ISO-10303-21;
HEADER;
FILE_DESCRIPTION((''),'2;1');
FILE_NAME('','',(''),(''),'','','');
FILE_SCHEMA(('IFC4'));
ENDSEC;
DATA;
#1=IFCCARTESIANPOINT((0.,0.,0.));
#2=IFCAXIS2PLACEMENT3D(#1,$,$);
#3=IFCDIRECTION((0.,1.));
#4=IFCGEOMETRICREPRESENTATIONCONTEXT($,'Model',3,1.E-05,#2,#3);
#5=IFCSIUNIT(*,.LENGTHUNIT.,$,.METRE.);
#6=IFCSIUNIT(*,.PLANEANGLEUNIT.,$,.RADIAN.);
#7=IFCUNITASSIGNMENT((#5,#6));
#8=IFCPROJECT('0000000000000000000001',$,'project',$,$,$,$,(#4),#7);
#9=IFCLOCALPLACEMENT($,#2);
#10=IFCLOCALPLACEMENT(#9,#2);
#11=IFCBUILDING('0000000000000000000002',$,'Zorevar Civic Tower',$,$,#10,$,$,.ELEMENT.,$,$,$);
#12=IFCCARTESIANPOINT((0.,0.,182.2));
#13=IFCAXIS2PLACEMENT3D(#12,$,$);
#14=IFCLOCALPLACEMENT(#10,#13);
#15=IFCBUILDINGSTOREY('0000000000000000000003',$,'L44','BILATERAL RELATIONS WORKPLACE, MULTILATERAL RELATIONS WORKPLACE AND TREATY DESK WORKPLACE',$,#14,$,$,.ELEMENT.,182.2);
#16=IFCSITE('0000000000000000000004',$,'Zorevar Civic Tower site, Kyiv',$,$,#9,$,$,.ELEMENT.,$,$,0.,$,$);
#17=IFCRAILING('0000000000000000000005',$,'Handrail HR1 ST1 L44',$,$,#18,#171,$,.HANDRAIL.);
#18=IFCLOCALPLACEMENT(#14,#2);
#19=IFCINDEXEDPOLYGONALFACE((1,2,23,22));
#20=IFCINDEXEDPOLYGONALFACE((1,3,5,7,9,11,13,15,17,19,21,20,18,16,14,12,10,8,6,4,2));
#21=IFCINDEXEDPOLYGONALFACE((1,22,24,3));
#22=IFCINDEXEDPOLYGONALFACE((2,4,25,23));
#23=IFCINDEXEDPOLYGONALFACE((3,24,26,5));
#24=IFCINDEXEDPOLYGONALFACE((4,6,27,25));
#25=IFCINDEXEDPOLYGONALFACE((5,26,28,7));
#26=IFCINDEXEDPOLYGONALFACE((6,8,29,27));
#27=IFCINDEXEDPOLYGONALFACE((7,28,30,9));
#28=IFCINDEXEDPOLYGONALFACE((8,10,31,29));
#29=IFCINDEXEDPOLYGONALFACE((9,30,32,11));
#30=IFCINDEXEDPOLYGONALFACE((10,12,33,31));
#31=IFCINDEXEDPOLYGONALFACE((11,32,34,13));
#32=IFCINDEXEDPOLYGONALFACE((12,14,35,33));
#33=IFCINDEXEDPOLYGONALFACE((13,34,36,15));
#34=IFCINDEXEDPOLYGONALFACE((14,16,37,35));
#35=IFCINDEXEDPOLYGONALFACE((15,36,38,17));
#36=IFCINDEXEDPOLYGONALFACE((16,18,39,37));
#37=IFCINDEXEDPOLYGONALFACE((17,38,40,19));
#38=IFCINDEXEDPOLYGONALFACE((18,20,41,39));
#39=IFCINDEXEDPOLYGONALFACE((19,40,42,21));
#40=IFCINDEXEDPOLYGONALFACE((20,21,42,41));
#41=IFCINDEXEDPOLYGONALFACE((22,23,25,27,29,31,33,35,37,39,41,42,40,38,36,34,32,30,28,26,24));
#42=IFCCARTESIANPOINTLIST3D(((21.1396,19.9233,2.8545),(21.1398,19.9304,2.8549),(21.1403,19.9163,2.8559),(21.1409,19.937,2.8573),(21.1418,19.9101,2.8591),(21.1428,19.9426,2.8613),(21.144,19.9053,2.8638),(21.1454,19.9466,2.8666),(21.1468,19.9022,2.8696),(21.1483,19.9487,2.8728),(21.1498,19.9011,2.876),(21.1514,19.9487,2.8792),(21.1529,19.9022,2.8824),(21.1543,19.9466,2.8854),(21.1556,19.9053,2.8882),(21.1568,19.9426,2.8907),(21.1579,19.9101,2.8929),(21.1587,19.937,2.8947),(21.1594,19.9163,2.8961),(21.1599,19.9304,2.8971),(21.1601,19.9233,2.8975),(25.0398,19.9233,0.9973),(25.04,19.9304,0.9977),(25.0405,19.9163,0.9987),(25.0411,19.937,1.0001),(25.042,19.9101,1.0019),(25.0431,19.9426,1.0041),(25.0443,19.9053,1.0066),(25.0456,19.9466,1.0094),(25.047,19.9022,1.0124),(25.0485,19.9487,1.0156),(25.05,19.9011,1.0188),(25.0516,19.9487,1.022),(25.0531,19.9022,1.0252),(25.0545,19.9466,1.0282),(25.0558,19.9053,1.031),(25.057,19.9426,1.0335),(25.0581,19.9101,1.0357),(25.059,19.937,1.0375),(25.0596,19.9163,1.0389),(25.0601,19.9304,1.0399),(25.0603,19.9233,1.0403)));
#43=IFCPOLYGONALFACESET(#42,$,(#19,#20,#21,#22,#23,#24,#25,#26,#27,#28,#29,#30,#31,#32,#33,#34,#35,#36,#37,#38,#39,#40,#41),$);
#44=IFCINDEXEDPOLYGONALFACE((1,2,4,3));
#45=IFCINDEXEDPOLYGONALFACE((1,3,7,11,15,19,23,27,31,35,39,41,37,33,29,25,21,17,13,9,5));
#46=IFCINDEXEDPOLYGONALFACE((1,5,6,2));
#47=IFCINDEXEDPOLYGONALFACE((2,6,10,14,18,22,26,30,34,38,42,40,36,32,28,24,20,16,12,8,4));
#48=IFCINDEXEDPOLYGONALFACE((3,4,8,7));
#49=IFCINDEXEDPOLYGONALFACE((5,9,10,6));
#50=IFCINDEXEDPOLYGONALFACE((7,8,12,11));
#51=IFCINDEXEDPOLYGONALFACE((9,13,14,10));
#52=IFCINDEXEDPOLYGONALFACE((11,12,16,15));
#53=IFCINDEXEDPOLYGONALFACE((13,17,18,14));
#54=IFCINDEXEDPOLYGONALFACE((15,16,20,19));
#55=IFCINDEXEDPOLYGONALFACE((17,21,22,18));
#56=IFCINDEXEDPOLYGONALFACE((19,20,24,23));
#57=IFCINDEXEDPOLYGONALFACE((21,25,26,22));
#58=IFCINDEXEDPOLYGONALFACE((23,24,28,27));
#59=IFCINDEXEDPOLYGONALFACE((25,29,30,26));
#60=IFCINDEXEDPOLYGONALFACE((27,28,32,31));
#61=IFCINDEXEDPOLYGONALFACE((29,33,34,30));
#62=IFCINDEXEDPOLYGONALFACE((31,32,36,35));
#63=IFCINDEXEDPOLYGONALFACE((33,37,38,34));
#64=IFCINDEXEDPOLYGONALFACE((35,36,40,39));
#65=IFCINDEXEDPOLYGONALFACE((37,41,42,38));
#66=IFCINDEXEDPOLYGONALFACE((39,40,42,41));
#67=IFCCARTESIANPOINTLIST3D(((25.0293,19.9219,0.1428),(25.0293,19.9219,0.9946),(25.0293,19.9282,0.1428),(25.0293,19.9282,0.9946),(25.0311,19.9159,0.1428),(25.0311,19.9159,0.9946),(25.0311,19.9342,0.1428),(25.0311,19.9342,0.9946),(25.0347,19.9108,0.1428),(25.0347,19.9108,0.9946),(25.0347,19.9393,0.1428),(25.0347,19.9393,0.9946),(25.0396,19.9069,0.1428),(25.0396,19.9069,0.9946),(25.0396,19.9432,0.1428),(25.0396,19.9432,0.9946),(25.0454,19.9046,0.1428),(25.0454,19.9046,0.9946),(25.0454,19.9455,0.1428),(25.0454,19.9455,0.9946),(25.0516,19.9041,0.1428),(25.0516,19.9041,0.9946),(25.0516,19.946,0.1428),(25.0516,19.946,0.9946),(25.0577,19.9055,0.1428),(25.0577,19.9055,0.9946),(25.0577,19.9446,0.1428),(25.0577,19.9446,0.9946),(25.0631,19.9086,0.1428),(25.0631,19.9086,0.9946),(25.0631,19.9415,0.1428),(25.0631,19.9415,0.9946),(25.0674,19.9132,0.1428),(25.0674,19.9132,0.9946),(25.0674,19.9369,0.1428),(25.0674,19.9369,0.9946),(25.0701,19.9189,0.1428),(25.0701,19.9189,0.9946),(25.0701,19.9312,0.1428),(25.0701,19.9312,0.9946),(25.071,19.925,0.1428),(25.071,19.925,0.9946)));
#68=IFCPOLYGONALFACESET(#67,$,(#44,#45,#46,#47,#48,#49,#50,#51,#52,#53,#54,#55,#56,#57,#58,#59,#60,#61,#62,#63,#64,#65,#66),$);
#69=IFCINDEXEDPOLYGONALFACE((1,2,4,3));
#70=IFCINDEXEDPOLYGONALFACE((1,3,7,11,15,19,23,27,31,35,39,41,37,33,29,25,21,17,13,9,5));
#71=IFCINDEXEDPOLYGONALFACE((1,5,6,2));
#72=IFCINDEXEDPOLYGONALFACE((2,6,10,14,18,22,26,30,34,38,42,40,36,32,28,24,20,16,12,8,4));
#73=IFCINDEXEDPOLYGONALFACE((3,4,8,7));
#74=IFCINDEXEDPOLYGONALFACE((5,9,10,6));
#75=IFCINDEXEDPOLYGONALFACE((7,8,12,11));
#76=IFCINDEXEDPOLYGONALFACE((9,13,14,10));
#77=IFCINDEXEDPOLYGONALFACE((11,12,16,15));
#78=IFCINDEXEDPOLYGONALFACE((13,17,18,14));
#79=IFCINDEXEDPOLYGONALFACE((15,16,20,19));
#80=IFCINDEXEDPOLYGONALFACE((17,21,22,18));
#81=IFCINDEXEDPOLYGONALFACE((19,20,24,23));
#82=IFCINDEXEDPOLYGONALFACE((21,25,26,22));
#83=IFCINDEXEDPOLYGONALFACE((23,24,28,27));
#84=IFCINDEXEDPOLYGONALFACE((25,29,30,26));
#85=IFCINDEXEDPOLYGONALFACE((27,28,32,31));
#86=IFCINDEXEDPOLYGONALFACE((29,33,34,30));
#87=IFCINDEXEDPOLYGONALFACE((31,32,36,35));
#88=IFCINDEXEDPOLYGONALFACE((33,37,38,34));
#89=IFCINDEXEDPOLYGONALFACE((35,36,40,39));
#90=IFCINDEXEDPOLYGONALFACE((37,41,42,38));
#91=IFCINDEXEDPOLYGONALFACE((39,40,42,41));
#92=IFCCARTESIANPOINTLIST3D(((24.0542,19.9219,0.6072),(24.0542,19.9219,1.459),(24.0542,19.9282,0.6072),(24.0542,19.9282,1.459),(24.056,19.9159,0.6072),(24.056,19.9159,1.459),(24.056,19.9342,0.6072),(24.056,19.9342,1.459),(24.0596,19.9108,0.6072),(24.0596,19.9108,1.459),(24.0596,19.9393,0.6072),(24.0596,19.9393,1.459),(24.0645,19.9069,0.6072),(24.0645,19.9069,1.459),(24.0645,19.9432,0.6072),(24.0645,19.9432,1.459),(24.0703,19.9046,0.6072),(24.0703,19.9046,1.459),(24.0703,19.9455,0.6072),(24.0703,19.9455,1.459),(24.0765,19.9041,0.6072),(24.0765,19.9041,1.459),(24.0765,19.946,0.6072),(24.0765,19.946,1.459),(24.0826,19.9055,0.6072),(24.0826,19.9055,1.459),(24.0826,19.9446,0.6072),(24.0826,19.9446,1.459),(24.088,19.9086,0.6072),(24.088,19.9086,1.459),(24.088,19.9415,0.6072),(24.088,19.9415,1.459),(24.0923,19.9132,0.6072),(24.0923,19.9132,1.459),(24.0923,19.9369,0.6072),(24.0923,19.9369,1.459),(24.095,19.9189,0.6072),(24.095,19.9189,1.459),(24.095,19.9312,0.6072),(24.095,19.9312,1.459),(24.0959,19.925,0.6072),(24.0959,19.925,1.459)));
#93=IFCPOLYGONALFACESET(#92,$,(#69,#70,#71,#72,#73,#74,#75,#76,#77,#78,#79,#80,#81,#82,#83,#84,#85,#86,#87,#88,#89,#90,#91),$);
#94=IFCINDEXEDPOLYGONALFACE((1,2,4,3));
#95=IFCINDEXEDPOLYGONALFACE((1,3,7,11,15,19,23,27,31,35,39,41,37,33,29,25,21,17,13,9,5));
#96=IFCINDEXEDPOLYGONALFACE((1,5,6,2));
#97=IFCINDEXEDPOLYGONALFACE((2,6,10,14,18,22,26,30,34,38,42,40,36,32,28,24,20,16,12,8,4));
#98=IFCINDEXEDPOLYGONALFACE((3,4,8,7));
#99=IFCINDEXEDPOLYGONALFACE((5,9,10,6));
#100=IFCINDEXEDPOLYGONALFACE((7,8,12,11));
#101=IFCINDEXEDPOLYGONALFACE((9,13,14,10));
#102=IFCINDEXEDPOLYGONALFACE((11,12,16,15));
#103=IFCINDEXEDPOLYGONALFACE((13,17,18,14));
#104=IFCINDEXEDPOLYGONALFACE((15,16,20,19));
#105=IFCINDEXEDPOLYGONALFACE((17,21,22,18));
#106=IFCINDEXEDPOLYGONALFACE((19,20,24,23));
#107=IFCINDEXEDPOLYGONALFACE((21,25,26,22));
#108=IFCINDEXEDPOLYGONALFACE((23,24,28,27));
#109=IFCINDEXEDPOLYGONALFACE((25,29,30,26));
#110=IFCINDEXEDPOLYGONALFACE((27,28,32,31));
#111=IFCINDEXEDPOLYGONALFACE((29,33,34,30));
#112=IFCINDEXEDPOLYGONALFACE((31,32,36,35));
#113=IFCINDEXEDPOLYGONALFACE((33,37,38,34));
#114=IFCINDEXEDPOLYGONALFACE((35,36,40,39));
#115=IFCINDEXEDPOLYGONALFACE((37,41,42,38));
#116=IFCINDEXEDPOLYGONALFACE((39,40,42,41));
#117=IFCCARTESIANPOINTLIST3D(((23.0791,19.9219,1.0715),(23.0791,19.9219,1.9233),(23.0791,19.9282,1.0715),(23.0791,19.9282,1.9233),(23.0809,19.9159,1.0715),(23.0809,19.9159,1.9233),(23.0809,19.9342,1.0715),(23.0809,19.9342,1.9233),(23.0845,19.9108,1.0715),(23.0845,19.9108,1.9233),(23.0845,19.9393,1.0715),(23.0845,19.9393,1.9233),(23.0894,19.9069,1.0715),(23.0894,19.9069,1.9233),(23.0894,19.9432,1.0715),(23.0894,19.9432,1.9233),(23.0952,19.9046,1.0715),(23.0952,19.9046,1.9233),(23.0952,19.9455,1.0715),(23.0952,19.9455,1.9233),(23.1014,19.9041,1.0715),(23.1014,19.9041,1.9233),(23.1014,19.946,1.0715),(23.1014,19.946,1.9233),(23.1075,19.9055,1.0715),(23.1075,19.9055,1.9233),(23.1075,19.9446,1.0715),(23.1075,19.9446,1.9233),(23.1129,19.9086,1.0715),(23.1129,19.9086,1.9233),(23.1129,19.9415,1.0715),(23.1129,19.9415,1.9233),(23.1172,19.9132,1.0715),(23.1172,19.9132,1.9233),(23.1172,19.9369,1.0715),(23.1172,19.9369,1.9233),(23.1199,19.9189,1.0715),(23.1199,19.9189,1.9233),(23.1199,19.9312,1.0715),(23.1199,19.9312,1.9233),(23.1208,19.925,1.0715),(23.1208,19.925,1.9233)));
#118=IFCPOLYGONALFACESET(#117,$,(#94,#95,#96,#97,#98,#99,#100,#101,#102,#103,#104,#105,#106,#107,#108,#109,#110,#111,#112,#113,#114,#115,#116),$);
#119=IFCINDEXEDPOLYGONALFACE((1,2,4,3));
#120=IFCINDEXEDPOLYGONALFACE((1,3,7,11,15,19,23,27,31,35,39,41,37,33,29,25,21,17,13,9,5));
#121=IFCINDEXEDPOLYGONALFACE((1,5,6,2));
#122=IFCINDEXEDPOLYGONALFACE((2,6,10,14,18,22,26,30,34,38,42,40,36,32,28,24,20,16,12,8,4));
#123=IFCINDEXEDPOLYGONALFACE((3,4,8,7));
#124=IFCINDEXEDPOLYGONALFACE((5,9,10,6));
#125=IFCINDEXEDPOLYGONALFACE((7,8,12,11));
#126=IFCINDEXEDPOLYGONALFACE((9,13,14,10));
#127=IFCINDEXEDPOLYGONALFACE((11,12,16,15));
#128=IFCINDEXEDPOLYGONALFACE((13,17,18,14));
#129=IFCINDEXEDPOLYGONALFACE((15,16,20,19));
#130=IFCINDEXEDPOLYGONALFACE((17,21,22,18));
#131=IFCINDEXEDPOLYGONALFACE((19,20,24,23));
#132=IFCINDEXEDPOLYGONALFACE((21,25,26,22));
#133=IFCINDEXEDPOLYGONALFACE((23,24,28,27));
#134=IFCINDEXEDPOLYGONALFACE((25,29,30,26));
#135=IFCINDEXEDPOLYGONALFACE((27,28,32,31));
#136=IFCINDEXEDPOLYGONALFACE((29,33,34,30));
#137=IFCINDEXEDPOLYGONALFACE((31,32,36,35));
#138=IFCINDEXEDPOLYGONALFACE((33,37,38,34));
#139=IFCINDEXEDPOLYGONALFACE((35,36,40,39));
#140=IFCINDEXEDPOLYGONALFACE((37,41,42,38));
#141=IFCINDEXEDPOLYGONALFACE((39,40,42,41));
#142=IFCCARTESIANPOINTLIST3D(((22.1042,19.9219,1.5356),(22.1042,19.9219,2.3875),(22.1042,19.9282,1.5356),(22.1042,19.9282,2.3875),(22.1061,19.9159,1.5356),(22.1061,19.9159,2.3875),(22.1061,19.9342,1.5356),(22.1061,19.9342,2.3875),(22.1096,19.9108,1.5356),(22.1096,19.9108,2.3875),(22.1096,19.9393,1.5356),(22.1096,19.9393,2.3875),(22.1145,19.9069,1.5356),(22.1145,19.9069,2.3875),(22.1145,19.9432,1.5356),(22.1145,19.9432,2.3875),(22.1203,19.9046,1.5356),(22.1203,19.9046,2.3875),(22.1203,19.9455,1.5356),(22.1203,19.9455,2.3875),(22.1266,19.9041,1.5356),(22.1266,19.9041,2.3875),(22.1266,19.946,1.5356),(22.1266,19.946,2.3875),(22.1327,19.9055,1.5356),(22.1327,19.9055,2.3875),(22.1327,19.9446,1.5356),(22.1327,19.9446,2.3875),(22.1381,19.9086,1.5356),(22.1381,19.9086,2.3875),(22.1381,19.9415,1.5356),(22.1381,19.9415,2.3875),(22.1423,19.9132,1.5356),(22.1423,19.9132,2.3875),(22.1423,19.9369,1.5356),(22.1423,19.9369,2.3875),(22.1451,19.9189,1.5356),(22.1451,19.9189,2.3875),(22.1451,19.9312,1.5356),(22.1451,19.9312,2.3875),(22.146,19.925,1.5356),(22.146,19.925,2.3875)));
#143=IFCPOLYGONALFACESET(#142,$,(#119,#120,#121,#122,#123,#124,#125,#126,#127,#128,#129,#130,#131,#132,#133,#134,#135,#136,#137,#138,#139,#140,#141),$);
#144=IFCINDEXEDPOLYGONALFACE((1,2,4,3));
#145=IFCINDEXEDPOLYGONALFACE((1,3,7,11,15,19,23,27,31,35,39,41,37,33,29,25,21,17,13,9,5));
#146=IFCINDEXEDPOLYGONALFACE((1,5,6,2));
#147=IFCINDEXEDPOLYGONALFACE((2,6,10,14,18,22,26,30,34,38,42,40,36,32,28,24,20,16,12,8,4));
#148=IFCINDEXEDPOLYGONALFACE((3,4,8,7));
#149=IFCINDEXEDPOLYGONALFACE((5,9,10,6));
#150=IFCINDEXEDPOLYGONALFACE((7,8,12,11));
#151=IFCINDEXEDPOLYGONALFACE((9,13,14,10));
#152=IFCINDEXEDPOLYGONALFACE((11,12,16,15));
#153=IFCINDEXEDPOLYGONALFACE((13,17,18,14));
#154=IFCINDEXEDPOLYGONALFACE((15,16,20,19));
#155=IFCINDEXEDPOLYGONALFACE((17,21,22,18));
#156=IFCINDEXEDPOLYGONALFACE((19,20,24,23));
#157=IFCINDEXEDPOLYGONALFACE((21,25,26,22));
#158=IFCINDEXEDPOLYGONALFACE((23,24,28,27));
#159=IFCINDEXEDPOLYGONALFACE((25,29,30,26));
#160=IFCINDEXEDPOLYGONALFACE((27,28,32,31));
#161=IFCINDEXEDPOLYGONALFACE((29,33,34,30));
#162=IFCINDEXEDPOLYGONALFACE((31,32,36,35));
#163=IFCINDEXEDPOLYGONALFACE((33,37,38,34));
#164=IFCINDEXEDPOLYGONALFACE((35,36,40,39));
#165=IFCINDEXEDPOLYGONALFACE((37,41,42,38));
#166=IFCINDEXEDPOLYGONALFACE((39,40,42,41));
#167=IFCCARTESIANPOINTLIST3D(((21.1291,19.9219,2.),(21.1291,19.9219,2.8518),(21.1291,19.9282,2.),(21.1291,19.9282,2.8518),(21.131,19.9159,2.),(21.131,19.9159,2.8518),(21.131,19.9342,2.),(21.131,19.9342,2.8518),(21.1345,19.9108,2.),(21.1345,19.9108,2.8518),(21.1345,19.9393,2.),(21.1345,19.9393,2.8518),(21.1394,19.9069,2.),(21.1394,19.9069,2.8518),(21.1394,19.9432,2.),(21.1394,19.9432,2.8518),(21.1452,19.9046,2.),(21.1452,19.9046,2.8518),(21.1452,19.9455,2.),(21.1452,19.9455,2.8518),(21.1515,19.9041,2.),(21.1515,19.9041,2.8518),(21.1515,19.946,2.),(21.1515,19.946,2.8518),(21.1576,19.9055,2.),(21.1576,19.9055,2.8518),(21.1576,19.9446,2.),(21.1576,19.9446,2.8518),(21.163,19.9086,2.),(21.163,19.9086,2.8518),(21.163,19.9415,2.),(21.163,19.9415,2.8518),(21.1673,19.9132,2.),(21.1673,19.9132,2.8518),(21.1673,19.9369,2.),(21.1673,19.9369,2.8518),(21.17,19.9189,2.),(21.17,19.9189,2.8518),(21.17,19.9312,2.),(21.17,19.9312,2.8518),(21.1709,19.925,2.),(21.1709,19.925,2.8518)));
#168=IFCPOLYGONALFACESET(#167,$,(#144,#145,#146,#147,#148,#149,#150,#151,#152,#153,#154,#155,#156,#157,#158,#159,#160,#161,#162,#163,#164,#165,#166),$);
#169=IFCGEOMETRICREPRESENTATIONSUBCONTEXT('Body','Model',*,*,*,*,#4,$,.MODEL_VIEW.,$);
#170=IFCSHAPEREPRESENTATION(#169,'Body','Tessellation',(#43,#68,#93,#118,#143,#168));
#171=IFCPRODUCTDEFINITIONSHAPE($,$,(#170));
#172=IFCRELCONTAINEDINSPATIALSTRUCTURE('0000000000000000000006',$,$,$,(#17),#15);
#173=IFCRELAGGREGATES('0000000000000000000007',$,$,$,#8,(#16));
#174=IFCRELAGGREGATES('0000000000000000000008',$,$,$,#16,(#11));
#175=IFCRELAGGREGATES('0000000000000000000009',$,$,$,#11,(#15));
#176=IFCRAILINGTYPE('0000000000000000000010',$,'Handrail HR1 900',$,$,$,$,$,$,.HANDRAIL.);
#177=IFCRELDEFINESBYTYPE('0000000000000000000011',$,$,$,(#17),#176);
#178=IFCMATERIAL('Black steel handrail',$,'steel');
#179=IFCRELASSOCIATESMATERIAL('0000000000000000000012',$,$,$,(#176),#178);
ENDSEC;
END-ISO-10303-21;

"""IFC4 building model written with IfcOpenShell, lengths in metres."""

from ifc_helpers import new_model, si_unit, direction, frame, origin, origin_2d, place, context, subcontext, project, spatial, circle, extrude, material, type_object, element, save


model = new_model("IFC4")

# Units and contexts
model_context = context("Model", 3, precision=1e-05, world=origin(), true_north=direction((0.0, 1.0)))
body_context = subcontext(model_context, "Body", "Model", "MODEL_VIEW")
ifc_project = project(units=[si_unit("LENGTHUNIT", "METRE"), si_unit("PLANEANGLEUNIT", "RADIAN")], contexts=[model_context])

# Site, building, storey
site_placement = place(None, origin())
site = spatial("IfcSite", under=ifc_project, at=site_placement, Name="Zorevar Civic Tower site, Kyiv", CompositionType="ELEMENT", RefElevation=0.0)
building_placement = place(site_placement, origin())
building = spatial("IfcBuilding", under=site, at=building_placement, Name="Zorevar Civic Tower", CompositionType="ELEMENT")
storey_placement = place(building_placement, frame((0.0, 0.0, 182.2)))
storey = spatial("IfcBuildingStorey", under=building, at=storey_placement, Name="L44", Description="BILATERAL RELATIONS WORKPLACE, MULTILATERAL RELATIONS WORKPLACE AND TREATY DESK WORKPLACE", CompositionType="ELEMENT", Elevation=182.2)

# Railing
ifc_material_1 = material(Name="Black steel handrail", Category="steel")
railing_type = type_object("IfcRailingType", Name="Handrail HR1 900", PredefinedType="HANDRAIL", material=ifc_material_1)
railing_1_placement = place(storey_placement, frame((25.05, 19.925, 0.1428)))
element("IfcRailing", 1, at=railing_1_placement, inside=storey, type_object=railing_type, Name="Handrail HR1 ST1 L44", PredefinedType="HANDRAIL", context=body_context, shape_type="SweptSolid", body=[
    extrude(circle(Radius=0.0239, at=origin_2d()), frame((0.0, 0.0, 0.876), z_axis=(-0.902864, 0.0, 0.429927), x_axis=(0.0, -1.0, 0.0)), (0.0, 0.0, 1.0), 4.3198),
    extrude(circle(Radius=0.021, at=origin_2d()), origin(), (0.0, 0.0, 1.0), 0.8518),
    extrude(circle(Radius=0.021, at=origin_2d()), frame((-0.9751, 0.0, 0.4644)), (0.0, 0.0, 1.0), 0.8518),
    extrude(circle(Radius=0.021, at=origin_2d()), frame((-1.9502, 0.0, 0.9287)), (0.0, 0.0, 1.0), 0.8518),
    extrude(circle(Radius=0.021, at=origin_2d()), frame((-2.925, 0.0, 1.3928)), (0.0, 0.0, 1.0), 0.8518),
    extrude(circle(Radius=0.021, at=origin_2d()), frame((-3.9001, 0.0, 1.8572)), (0.0, 0.0, 1.0), 0.8518),
])

save(model, "model.ifc")
